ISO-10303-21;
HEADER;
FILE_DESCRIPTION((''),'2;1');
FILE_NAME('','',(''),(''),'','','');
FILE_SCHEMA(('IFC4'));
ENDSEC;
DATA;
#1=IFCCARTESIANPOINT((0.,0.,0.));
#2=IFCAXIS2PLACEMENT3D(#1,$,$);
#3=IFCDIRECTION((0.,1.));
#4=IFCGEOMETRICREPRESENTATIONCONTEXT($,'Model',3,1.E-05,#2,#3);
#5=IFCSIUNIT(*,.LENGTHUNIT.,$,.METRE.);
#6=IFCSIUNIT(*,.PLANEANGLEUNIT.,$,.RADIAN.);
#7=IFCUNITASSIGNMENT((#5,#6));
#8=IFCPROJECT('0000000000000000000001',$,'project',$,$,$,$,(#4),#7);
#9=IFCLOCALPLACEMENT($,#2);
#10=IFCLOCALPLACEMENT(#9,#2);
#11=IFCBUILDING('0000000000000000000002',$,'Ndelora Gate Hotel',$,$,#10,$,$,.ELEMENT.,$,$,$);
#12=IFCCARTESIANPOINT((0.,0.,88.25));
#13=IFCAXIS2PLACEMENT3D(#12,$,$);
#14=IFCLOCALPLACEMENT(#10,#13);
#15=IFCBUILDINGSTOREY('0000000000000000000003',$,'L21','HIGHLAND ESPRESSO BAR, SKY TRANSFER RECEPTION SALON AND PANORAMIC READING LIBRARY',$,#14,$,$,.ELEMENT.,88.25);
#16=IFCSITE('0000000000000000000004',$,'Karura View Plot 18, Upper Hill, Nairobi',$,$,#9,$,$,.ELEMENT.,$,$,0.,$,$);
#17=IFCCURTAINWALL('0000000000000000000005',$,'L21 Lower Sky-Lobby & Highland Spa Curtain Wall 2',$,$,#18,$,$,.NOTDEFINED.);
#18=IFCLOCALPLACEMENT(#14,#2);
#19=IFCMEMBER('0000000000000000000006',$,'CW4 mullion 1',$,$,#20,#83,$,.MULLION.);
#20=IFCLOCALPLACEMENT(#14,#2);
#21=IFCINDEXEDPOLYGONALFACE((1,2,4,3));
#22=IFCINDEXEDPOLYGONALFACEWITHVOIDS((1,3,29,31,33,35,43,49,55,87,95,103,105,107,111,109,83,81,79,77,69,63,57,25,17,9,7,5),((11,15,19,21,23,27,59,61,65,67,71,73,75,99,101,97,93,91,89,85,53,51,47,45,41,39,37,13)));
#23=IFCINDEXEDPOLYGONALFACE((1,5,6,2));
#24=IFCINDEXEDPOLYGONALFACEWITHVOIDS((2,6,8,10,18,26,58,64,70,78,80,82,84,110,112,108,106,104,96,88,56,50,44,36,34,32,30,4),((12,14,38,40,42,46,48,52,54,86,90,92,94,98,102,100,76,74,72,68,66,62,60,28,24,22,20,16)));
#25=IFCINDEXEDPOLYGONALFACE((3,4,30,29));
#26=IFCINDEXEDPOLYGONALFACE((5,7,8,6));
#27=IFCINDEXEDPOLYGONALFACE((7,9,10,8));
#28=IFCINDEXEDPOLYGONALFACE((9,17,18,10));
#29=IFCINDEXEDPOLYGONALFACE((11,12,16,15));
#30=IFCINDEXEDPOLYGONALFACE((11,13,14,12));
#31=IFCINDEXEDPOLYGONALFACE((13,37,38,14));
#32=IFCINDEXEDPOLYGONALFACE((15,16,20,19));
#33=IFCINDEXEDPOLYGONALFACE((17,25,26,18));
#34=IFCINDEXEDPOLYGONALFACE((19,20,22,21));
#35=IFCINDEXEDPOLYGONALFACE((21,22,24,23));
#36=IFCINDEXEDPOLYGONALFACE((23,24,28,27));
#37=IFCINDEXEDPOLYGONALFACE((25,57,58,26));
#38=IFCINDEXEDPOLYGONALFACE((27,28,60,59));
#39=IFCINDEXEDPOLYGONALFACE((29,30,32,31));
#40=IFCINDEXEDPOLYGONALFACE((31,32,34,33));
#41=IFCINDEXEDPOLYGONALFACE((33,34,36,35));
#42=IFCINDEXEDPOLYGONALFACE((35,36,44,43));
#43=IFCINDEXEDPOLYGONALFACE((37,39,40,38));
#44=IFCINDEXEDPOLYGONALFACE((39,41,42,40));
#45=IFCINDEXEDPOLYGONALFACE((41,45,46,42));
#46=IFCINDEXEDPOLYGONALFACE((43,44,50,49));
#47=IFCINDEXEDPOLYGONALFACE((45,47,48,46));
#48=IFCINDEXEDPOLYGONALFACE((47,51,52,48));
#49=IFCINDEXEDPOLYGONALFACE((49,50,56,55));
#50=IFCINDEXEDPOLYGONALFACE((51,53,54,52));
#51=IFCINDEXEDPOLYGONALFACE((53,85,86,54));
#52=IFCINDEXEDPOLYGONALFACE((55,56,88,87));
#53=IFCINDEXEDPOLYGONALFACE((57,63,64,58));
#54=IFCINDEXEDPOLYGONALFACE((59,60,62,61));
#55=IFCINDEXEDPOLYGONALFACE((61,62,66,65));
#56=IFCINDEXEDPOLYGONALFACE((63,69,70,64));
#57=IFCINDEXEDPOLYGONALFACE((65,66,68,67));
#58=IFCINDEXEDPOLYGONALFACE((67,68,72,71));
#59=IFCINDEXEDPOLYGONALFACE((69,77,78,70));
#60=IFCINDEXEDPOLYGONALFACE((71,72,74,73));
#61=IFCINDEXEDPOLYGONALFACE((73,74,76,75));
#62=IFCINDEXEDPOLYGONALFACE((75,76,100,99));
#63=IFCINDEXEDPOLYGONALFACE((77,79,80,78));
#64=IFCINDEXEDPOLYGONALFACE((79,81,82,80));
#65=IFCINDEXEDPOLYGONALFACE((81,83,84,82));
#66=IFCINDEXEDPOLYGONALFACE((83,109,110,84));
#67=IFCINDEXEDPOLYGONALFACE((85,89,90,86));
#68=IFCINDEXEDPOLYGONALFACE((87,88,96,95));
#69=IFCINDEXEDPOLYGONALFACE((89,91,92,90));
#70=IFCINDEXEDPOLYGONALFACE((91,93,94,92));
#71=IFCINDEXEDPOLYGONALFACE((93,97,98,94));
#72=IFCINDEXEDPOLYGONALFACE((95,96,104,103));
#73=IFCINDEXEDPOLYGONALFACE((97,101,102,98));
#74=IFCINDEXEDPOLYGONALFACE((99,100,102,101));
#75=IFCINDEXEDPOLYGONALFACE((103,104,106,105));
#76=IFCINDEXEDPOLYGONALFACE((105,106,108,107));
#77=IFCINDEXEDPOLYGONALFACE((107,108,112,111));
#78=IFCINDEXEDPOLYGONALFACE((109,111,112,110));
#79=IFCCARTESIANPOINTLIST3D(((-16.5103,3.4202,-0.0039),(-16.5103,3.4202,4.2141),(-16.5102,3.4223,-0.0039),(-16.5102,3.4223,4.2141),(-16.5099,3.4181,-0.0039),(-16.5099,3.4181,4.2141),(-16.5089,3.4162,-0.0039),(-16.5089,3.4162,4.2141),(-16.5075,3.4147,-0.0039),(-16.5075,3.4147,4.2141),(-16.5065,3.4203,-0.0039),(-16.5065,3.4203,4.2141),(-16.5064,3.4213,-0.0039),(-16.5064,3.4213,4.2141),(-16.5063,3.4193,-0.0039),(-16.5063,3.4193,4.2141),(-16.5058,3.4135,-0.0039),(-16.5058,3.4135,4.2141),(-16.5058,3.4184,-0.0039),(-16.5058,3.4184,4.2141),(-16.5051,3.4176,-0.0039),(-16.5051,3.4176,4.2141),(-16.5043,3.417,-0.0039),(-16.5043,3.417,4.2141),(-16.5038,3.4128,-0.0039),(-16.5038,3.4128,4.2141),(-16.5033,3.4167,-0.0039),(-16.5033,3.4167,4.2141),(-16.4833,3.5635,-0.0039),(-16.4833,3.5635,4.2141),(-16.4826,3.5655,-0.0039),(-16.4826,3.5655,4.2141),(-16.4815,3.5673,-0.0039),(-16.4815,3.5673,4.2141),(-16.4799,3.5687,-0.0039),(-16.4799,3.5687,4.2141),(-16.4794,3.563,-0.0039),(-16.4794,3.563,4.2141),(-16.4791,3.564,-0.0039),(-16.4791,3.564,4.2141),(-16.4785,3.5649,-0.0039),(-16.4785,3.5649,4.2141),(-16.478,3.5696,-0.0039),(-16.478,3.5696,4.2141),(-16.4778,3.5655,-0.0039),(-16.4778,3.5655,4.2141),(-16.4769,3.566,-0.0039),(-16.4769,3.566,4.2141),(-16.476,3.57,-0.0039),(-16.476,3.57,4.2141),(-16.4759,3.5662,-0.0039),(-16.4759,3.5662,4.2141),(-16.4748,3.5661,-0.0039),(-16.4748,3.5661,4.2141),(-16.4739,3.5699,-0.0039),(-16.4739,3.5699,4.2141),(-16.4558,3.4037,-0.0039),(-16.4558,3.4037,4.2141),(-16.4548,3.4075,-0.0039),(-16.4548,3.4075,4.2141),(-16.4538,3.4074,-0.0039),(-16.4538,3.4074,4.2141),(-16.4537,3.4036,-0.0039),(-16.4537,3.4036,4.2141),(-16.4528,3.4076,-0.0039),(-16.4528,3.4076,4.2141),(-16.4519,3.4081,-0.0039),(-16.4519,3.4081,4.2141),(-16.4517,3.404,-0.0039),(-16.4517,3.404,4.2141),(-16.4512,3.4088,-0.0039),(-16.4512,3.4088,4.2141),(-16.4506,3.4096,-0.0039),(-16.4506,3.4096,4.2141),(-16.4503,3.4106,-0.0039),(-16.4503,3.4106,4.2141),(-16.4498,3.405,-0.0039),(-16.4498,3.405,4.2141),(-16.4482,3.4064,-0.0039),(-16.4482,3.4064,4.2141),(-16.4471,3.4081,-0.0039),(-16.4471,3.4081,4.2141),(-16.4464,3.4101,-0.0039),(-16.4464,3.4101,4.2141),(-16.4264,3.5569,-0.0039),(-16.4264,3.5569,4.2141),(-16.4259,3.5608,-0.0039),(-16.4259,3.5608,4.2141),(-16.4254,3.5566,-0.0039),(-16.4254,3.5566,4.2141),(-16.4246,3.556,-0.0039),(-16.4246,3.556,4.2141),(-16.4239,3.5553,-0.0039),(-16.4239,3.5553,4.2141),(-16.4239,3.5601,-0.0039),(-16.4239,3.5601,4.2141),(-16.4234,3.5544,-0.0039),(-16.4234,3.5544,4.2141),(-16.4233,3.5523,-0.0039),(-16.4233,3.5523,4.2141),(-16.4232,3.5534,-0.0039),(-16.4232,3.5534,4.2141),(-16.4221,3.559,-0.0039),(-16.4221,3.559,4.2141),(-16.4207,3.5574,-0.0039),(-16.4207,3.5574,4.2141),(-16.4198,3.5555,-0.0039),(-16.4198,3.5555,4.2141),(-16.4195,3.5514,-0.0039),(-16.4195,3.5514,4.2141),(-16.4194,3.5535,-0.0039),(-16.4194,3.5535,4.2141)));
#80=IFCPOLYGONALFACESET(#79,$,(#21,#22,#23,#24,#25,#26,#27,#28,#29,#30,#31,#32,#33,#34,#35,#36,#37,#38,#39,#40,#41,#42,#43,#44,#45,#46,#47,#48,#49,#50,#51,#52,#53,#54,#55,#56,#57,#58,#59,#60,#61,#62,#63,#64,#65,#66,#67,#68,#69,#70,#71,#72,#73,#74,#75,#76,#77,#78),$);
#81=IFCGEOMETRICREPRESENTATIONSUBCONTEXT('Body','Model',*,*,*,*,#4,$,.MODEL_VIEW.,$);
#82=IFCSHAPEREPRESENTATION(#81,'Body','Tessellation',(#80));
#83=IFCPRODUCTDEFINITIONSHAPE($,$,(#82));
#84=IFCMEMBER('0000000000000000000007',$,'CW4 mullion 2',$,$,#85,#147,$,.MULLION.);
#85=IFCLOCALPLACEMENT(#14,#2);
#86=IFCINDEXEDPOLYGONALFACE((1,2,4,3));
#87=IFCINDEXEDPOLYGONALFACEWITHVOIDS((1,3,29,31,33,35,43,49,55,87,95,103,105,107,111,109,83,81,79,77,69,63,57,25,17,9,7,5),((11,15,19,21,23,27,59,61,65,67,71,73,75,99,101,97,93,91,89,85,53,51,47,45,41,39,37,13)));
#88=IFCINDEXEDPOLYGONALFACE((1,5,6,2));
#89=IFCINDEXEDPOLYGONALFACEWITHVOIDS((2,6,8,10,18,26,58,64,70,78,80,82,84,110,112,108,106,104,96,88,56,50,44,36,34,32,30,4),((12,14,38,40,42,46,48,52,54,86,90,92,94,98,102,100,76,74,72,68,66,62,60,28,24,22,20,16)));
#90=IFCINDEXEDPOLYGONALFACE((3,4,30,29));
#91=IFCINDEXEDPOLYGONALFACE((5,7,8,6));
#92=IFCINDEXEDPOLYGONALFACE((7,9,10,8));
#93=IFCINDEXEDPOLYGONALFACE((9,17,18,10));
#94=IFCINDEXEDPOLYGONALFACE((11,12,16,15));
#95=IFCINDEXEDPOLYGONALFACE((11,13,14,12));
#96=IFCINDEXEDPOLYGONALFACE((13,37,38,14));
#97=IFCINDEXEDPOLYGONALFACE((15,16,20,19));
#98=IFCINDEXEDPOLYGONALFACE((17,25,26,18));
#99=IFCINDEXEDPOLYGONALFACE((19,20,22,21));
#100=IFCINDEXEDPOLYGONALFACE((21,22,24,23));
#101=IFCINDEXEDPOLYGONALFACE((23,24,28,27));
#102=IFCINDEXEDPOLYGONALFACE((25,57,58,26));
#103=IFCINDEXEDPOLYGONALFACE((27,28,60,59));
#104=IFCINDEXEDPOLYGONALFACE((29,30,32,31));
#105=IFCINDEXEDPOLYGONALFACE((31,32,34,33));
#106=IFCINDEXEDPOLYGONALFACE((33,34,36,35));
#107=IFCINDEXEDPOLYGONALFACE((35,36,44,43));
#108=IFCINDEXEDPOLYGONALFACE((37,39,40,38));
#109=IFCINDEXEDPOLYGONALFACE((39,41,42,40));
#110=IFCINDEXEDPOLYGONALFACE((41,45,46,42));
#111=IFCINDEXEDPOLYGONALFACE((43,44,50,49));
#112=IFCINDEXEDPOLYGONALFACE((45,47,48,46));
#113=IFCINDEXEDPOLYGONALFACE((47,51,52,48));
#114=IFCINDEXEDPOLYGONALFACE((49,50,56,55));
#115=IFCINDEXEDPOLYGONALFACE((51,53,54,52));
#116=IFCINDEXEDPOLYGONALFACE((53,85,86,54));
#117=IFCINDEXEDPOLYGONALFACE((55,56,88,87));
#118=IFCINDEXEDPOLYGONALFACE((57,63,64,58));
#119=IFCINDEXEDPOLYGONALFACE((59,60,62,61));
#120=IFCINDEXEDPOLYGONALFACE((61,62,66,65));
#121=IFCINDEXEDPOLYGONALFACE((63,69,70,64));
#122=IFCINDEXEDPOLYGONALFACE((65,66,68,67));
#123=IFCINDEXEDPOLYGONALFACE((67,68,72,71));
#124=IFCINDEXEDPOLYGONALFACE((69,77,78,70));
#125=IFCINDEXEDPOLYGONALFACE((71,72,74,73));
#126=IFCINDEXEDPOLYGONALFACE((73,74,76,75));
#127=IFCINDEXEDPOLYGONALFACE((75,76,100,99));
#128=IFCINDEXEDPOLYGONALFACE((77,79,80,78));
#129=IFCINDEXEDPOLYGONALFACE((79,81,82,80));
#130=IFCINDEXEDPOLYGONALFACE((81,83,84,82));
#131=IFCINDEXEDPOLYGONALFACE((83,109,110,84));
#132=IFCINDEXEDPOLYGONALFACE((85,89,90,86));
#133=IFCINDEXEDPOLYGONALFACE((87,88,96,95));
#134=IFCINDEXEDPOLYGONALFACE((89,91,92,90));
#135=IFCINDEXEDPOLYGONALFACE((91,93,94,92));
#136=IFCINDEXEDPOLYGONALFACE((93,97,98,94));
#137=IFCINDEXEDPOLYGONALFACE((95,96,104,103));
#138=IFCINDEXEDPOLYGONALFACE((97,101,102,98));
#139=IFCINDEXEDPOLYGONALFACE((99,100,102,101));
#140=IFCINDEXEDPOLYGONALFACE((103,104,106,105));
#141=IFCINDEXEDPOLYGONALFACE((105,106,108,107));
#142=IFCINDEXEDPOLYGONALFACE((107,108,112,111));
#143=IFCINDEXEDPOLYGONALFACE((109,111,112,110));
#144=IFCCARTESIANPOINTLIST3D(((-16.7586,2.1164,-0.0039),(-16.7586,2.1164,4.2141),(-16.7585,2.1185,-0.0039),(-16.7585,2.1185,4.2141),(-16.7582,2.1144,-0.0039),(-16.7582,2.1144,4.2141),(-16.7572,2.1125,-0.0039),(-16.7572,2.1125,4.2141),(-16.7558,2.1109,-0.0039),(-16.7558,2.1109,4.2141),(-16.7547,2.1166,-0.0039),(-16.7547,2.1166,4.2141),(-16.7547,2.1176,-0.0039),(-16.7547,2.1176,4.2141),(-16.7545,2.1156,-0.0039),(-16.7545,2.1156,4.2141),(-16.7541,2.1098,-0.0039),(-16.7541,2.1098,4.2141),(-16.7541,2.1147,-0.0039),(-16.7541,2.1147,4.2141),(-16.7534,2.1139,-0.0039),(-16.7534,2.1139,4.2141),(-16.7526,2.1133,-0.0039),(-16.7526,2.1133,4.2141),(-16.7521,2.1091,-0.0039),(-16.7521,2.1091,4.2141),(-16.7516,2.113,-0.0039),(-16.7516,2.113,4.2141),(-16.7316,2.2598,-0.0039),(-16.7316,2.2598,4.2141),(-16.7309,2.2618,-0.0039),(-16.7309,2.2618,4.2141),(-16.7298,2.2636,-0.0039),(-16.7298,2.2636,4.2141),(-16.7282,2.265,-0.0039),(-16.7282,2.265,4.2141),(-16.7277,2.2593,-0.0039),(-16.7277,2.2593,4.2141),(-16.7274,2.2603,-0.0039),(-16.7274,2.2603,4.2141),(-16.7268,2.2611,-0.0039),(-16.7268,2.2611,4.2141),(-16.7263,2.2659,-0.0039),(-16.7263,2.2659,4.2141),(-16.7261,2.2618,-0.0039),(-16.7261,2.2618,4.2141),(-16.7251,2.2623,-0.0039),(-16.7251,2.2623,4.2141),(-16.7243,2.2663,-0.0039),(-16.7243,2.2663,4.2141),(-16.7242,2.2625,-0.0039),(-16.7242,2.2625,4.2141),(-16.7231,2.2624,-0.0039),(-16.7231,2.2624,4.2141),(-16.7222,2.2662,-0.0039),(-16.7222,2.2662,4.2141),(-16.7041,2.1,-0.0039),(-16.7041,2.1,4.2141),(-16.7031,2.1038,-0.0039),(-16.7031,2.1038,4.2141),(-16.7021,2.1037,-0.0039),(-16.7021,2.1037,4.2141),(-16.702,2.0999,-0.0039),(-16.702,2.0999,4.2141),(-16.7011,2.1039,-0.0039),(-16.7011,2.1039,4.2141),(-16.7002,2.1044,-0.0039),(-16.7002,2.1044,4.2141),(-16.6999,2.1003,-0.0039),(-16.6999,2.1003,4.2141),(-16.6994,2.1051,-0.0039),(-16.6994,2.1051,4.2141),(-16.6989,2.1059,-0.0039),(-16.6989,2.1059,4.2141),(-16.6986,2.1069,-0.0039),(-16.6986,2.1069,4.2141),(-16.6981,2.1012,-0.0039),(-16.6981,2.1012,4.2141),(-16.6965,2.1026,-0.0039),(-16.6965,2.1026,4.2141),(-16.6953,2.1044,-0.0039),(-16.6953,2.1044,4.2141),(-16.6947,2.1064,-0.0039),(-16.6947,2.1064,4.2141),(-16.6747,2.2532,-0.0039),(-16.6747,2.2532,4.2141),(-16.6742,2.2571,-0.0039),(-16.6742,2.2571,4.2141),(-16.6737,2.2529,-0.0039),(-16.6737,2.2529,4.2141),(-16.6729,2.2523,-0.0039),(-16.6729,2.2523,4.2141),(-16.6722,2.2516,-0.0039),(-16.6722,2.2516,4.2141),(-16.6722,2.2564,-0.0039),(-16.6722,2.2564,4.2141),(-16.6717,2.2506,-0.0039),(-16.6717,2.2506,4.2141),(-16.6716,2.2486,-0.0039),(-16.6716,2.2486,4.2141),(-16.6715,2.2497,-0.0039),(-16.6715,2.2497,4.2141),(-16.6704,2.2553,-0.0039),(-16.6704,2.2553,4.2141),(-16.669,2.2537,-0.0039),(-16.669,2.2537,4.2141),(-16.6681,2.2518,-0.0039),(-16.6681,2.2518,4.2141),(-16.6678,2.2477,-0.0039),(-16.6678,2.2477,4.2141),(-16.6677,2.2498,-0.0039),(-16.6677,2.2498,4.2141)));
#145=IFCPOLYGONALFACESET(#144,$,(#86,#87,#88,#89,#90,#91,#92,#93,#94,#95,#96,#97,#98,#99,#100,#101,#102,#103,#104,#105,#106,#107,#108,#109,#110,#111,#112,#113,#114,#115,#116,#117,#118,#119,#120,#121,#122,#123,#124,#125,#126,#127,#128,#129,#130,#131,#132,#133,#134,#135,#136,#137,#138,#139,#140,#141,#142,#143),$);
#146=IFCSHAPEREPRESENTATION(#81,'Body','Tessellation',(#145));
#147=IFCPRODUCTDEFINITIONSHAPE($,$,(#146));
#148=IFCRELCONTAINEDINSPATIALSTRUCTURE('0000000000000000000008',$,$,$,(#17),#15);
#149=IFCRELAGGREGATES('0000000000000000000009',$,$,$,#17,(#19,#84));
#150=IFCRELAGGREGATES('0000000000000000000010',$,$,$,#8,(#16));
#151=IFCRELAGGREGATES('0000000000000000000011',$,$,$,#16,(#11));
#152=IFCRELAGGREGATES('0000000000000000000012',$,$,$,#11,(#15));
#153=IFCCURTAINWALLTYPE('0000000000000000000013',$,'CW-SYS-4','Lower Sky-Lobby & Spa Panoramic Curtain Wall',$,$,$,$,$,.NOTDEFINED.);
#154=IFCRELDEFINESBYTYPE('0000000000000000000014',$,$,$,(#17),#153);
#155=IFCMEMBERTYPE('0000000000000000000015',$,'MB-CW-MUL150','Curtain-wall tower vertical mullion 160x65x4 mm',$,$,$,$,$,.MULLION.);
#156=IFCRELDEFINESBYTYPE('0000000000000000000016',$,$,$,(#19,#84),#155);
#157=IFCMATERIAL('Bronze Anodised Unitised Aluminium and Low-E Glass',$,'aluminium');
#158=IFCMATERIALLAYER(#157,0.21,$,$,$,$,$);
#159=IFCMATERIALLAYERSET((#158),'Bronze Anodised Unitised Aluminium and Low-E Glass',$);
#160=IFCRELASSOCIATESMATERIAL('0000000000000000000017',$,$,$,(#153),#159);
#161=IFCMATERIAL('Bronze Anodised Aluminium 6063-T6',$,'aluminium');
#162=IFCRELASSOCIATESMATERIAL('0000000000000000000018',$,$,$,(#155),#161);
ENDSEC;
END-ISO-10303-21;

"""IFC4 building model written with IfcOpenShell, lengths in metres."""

from ifc_helpers import new_model, si_unit, direction, frame, origin, origin_2d, place, context, subcontext, project, spatial, hollow_rectangle, extrude, material, layer, layer_set, material_profile, profile_set, type_object, element, aggregate, save


model = new_model("IFC4")

# Units and contexts
model_context = context("Model", 3, precision=1e-05, world=origin(), true_north=direction((0.0, 1.0)))
body_context = subcontext(model_context, "Body", "Model", "MODEL_VIEW")
ifc_project = project(units=[si_unit("LENGTHUNIT", "METRE"), si_unit("PLANEANGLEUNIT", "RADIAN")], contexts=[model_context])

# Site, building, storey
site_placement = place(None, origin())
site = spatial("IfcSite", under=ifc_project, at=site_placement, Name="Karura View Plot 18, Upper Hill, Nairobi", CompositionType="ELEMENT", RefElevation=0.0)
building_placement = place(site_placement, origin())
building = spatial("IfcBuilding", under=site, at=building_placement, Name="Ndelora Gate Hotel", CompositionType="ELEMENT")
storey_placement = place(building_placement, frame((0.0, 0.0, 88.25)))
storey = spatial("IfcBuildingStorey", under=building, at=storey_placement, Name="L21", Description="HIGHLAND ESPRESSO BAR, SKY TRANSFER RECEPTION SALON AND PANORAMIC READING LIBRARY", CompositionType="ELEMENT", Elevation=88.25)

# Curtain wall, members
ifc_material_1 = material(Name="Bronze Anodised Unitised Aluminium and Low-E Glass", Category="aluminium")
ifc_layer_1 = layer(ifc_material_1, 0.21)
ifc_layer_set_1 = layer_set([ifc_layer_1], Name="Bronze Anodised Unitised Aluminium and Low-E Glass")
curtain_wall_type = type_object("IfcCurtainWallType", Name="CW-SYS-4", Description="Lower Sky-Lobby & Spa Panoramic Curtain Wall", PredefinedType="NOTDEFINED", material=ifc_layer_set_1)
curtain_wall_placement = place(storey_placement, origin())
curtain_wall = element("IfcCurtainWall", 1, at=curtain_wall_placement, inside=storey, type_object=curtain_wall_type, Name="L21 Lower Sky-Lobby & Highland Spa Curtain Wall 2", PredefinedType="NOTDEFINED")
ifc_material_2 = material(Name="Bronze Anodised Aluminium 6063-T6", Category="aluminium")
ifc_material_profile_1 = material_profile(ifc_material_2, hollow_rectangle(XDim=0.0649, YDim=0.1599, WallThickness=0.0039, InnerFilletRadius=0.0039, OuterFilletRadius=0.0081, at=origin_2d()), Name="ALU 160x65x4")
ifc_profile_set_1 = profile_set([ifc_material_profile_1], Name="Bronze Anodised Aluminium 6063-T6")
member_type_1 = type_object("IfcMemberType", Name="MB-CW-MUL150", Description="Curtain-wall tower vertical mullion 160x65x4 mm", PredefinedType="MULLION", material=ifc_profile_set_1)
member_1_placement = place(storey_placement, frame((-16.4648, 3.4868, -0.0039), z_axis=(0.0, 0.0, 1.0), x_axis=(0.982349, -0.187056, 0.0)))
member_1 = element("IfcMember", 2, at=member_1_placement, type_object=member_type_1, Name="CW4 mullion 1", PredefinedType="MULLION", context=body_context, shape_type="SweptSolid", body=[
    extrude(hollow_rectangle(XDim=0.0649, YDim=0.1599, WallThickness=0.0039, InnerFilletRadius=0.0039, OuterFilletRadius=0.0081, at=origin_2d()), origin(), (0.0, 0.0, 1.0), 4.218),
])
member_2_placement = place(storey_placement, frame((-16.7131, 2.1831, -0.0039), z_axis=(0.0, 0.0, 1.0), x_axis=(0.982349, -0.187056, 0.0)))
member_2 = element("IfcMember", 3, at=member_2_placement, type_object=member_type_1, Name="CW4 mullion 2", PredefinedType="MULLION", context=body_context, shape_type="SweptSolid", body=[
    extrude(hollow_rectangle(XDim=0.0649, YDim=0.1599, WallThickness=0.0039, InnerFilletRadius=0.0039, OuterFilletRadius=0.0081, at=origin_2d()), origin(), (0.0, 0.0, 1.0), 4.218),
])
aggregate(curtain_wall, [member_1, member_2])

save(model, "model.ifc")
